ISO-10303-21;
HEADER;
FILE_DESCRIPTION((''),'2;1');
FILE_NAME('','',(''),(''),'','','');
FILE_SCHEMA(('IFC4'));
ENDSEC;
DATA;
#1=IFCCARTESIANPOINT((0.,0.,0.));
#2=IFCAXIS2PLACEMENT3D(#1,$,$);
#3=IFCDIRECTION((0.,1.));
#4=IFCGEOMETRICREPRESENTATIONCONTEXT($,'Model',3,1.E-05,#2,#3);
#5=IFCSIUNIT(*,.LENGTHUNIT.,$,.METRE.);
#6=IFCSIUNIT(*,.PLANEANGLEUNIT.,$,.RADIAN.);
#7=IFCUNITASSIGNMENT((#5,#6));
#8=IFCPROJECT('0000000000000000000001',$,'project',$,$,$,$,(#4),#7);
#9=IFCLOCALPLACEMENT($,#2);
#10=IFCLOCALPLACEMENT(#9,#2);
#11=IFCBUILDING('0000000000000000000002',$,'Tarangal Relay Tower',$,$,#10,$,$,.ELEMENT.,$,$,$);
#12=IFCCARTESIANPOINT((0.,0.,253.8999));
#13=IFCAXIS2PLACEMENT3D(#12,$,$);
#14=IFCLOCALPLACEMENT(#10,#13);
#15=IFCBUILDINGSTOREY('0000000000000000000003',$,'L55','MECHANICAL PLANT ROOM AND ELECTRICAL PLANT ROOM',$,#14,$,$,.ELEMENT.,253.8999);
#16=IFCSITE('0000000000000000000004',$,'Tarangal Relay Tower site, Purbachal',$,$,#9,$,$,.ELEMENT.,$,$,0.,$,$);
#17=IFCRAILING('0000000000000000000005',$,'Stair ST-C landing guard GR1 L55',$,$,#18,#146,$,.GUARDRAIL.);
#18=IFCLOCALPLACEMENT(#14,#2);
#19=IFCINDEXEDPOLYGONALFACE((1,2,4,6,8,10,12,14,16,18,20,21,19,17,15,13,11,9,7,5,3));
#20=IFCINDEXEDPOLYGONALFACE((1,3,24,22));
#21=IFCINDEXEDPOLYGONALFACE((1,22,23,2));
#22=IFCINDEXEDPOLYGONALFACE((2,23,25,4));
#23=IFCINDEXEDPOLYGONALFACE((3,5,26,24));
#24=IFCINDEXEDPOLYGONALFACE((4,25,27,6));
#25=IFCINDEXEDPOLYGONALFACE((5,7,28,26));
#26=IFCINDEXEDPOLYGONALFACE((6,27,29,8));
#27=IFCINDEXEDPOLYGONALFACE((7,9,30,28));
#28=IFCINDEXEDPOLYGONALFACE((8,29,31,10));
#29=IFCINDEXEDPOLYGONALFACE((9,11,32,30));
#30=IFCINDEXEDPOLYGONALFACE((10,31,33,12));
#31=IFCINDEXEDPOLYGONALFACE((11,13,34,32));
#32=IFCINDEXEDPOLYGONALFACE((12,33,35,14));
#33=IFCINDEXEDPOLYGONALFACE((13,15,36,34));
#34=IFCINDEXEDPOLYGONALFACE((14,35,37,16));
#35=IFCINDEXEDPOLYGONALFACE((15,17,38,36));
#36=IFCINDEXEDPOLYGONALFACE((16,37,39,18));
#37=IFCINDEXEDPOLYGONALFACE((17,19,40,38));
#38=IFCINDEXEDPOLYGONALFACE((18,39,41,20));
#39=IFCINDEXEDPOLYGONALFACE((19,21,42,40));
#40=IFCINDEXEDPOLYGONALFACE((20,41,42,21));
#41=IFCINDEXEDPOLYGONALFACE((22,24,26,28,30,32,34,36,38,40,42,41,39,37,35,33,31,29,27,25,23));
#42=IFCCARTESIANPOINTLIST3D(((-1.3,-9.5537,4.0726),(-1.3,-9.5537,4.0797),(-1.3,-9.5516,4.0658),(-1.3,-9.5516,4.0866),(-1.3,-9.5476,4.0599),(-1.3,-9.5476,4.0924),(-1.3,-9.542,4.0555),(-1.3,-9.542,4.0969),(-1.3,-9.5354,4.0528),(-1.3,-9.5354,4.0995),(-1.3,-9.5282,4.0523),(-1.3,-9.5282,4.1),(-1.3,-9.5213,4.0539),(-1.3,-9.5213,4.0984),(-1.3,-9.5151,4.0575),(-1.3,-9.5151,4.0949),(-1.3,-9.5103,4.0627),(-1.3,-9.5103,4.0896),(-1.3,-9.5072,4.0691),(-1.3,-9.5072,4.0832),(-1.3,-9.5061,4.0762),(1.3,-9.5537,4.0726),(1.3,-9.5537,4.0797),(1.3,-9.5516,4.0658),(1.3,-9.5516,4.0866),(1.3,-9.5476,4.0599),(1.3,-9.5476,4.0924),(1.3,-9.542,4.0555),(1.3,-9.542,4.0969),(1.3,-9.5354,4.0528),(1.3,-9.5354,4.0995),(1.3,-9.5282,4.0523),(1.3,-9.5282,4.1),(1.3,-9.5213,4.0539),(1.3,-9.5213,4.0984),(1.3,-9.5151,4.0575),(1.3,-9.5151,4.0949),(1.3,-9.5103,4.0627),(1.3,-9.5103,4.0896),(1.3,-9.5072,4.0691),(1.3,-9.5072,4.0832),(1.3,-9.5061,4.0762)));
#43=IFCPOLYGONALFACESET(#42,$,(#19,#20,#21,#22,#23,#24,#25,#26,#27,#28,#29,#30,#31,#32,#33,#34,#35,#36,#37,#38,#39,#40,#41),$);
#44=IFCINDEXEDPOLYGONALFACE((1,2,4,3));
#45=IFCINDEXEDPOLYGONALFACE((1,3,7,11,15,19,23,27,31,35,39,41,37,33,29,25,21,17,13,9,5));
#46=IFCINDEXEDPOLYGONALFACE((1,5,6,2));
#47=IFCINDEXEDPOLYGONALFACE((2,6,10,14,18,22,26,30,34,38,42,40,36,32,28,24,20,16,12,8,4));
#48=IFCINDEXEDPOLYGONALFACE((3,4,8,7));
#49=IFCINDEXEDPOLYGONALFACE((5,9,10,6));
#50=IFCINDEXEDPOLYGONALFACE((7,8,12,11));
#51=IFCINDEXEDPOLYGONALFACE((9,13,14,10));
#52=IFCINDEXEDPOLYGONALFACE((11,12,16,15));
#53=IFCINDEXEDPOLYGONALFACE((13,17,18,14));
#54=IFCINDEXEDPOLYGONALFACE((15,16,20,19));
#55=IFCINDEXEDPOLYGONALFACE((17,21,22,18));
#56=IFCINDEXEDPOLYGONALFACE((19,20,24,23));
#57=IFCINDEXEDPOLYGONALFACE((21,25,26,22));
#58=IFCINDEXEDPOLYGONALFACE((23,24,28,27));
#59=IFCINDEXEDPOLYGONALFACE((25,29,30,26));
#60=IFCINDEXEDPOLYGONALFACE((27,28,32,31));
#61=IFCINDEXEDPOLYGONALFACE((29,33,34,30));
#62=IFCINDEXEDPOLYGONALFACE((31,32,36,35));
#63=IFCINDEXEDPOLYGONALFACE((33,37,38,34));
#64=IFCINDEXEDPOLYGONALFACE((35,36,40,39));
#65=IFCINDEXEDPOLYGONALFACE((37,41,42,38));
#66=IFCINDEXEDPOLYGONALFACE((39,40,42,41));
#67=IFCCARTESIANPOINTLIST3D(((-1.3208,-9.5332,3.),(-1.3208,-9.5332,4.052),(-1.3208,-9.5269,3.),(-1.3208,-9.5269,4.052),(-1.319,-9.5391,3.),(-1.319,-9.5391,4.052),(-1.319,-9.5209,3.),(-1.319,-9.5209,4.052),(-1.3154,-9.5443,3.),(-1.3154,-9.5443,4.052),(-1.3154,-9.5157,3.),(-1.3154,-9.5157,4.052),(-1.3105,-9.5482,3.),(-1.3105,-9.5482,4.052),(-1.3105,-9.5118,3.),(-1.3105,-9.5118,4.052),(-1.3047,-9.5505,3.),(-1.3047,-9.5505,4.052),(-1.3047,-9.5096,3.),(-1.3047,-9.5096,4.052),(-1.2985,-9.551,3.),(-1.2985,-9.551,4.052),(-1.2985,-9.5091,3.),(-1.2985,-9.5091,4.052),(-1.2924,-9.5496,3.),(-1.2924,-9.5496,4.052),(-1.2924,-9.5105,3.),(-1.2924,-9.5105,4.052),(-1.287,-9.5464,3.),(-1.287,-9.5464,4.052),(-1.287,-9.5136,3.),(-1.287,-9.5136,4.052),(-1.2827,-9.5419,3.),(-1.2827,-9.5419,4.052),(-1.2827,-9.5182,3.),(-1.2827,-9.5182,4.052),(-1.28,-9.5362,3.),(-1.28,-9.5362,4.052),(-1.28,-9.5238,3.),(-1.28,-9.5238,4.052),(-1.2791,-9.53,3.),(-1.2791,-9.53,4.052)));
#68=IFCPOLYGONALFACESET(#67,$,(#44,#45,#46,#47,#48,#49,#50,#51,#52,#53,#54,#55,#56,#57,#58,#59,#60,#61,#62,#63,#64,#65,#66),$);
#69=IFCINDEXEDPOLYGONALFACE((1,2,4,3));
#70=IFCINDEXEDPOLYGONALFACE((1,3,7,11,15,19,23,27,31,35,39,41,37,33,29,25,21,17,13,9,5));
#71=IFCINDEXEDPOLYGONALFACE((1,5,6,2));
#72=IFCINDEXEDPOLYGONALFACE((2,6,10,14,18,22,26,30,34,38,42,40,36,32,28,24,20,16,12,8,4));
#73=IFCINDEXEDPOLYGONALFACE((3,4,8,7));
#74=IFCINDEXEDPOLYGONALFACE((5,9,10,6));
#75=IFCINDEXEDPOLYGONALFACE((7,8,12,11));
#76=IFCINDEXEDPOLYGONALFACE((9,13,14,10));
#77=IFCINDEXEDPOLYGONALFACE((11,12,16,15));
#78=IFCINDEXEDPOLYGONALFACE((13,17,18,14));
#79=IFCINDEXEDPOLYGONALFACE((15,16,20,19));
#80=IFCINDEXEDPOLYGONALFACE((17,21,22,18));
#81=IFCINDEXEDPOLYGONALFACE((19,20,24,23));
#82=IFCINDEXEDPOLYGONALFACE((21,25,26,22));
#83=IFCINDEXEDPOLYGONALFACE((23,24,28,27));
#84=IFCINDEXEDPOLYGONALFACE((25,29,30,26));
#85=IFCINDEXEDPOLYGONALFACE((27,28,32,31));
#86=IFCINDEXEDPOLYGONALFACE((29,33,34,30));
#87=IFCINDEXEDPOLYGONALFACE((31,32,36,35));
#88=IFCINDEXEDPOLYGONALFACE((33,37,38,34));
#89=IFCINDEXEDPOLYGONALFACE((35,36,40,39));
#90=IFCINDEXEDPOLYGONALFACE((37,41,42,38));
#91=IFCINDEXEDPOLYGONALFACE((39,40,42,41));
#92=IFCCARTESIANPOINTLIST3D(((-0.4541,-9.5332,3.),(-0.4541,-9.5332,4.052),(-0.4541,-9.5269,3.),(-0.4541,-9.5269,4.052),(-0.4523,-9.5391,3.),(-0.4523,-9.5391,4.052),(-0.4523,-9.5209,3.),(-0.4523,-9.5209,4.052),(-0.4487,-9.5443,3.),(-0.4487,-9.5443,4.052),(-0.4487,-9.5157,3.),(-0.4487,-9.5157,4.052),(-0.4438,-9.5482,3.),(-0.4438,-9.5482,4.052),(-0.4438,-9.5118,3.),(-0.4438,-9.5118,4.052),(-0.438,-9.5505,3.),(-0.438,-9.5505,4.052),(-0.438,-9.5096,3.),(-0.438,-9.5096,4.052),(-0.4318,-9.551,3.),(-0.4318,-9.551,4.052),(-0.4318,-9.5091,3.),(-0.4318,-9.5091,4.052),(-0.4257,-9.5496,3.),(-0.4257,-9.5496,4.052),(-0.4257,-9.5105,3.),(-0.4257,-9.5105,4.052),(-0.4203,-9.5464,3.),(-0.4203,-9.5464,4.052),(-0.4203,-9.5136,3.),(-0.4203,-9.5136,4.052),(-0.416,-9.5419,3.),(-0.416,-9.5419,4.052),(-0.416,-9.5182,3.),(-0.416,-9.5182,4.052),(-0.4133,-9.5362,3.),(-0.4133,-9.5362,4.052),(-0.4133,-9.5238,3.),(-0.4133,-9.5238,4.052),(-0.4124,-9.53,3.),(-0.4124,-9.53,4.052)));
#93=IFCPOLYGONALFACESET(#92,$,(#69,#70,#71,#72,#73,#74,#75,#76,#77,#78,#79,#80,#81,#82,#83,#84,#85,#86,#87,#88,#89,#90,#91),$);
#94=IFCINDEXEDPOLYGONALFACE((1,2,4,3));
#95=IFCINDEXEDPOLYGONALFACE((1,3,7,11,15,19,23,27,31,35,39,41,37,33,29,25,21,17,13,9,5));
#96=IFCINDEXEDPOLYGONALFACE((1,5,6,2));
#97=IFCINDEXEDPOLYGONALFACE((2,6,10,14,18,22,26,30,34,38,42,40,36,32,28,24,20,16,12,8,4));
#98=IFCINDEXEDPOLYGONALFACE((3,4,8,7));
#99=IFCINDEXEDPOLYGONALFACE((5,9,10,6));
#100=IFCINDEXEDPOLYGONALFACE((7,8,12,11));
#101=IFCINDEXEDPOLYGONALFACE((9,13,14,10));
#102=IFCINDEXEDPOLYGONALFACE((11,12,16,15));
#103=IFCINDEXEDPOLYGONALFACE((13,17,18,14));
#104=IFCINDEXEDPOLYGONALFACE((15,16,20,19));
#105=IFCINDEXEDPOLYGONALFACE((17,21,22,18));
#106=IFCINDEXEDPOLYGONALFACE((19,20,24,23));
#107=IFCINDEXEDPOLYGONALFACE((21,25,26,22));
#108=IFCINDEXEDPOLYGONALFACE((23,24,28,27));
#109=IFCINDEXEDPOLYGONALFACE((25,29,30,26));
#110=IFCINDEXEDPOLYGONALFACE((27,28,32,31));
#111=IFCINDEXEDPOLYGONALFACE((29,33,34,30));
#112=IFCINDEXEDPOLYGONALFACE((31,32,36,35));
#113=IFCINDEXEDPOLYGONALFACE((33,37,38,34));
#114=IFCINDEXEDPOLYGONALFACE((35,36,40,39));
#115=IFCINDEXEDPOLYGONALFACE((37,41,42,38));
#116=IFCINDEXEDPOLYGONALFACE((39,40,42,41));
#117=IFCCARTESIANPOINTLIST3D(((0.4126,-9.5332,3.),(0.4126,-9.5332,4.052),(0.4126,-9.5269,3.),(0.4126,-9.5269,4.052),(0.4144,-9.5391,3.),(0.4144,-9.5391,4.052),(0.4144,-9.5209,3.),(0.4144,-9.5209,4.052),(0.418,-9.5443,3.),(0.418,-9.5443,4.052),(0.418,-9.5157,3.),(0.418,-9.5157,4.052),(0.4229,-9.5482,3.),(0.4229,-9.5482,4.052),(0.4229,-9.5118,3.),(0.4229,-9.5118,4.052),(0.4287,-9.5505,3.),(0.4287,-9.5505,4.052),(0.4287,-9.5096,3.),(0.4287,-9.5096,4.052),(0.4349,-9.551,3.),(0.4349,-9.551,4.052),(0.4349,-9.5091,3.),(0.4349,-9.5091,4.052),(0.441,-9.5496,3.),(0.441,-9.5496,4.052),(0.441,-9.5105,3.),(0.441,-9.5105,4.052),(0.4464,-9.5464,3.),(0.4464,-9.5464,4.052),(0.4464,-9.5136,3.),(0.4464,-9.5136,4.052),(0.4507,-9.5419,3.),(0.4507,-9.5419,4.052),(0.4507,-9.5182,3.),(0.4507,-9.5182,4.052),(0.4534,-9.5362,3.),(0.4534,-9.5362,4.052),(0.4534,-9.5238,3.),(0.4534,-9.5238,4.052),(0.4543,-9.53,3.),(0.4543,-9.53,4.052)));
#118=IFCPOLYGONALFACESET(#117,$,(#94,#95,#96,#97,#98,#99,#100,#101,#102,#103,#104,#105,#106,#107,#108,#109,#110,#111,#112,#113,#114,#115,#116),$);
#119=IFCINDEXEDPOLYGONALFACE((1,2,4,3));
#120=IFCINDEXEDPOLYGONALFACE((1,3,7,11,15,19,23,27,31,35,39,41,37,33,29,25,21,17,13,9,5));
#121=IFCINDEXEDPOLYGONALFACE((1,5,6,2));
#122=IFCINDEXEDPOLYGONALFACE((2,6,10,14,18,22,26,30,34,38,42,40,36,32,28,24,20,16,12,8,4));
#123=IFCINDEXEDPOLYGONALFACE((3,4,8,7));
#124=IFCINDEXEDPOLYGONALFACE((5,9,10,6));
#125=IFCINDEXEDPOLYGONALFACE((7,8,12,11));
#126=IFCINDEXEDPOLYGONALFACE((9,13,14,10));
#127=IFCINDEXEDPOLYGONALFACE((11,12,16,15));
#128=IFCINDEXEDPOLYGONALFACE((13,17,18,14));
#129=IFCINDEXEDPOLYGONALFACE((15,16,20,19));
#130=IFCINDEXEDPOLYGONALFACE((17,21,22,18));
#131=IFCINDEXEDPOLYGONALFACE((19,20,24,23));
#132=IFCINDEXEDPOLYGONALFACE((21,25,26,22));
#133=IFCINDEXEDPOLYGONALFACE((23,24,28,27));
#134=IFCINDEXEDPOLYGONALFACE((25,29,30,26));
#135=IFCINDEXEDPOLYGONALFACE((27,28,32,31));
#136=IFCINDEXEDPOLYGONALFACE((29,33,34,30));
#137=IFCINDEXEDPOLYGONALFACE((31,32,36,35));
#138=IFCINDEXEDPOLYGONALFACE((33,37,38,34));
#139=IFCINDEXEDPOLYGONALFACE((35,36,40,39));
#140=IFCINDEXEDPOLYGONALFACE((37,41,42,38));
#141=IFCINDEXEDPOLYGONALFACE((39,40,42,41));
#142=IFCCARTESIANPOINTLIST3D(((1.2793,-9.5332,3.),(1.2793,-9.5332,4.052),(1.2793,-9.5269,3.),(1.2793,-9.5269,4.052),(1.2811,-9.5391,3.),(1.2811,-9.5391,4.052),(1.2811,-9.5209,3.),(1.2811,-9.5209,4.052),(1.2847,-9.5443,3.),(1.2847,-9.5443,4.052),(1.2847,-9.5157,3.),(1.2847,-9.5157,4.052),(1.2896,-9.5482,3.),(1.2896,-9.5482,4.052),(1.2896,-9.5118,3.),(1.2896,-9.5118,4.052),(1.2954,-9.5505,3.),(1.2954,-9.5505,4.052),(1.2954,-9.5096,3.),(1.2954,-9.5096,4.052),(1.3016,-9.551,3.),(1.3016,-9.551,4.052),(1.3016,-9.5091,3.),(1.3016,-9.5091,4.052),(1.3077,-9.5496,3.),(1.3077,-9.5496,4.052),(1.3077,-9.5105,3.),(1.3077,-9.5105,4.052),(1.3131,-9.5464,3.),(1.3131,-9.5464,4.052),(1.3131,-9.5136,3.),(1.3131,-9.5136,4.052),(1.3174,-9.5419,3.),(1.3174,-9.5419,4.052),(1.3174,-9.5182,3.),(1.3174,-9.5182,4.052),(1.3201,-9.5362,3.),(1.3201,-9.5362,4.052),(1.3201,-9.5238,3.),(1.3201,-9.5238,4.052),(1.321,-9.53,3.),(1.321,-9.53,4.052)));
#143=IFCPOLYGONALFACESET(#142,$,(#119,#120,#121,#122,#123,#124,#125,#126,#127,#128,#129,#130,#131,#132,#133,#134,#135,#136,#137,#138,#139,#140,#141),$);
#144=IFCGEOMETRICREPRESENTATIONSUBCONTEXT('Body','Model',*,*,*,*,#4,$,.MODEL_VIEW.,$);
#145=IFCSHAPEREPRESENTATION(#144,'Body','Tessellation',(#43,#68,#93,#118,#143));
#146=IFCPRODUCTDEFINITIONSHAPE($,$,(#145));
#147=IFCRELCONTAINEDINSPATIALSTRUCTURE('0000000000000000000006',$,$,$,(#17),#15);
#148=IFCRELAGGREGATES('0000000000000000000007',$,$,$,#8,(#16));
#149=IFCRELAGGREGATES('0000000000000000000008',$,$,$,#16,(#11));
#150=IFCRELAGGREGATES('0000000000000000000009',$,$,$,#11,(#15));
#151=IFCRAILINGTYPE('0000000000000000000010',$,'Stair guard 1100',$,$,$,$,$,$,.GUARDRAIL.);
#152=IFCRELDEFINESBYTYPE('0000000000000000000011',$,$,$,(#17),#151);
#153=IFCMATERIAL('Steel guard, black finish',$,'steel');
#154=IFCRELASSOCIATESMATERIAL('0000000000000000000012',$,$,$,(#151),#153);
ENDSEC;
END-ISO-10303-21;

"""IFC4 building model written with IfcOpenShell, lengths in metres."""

from ifc_helpers import new_model, si_unit, direction, frame, origin, origin_2d, place, context, subcontext, project, spatial, circle, extrude, material, type_object, element, save


model = new_model("IFC4")

# Units and contexts
model_context = context("Model", 3, precision=1e-05, world=origin(), true_north=direction((0.0, 1.0)))
body_context = subcontext(model_context, "Body", "Model", "MODEL_VIEW")
ifc_project = project(units=[si_unit("LENGTHUNIT", "METRE"), si_unit("PLANEANGLEUNIT", "RADIAN")], contexts=[model_context])

# Site, building, storey
site_placement = place(None, origin())
site = spatial("IfcSite", under=ifc_project, at=site_placement, Name="Tarangal Relay Tower site, Purbachal", CompositionType="ELEMENT", RefElevation=0.0)
building_placement = place(site_placement, origin())
building = spatial("IfcBuilding", under=site, at=building_placement, Name="Tarangal Relay Tower", CompositionType="ELEMENT")
storey_placement = place(building_placement, frame((0.0, 0.0, 253.8999)))
storey = spatial("IfcBuildingStorey", under=building, at=storey_placement, Name="L55", Description="MECHANICAL PLANT ROOM AND ELECTRICAL PLANT ROOM", CompositionType="ELEMENT", Elevation=253.8999)

# Railing
ifc_material_1 = material(Name="Steel guard, black finish", Category="steel")
railing_type_1 = type_object("IfcRailingType", Name="Stair guard 1100", PredefinedType="GUARDRAIL", material=ifc_material_1)
for number, where, name in (
    (1, (-1.3, -9.53, 3.0), "Stair ST-C landing guard GR1 L55"),
):
    element("IfcRailing", number, at=place(storey_placement, frame(where)), inside=storey, type_object=railing_type_1, Name=name, PredefinedType="GUARDRAIL", context=body_context, shape_type="SweptSolid", body=[
        extrude(circle(Radius=0.0239, at=origin_2d()), frame((0.0, 0.0, 1.0762), z_axis=(1.0, 0.0, 0.0), x_axis=(0.0, 1.0, 0.0)), (0.0, 0.0, 1.0), 2.6001),
        extrude(circle(Radius=0.021, at=origin_2d()), origin(), (0.0, 0.0, 1.0), 1.052),
        extrude(circle(Radius=0.021, at=origin_2d()), frame((0.8667, 0.0, 0.0)), (0.0, 0.0, 1.0), 1.052),
        extrude(circle(Radius=0.021, at=origin_2d()), frame((1.7334, 0.0, 0.0)), (0.0, 0.0, 1.0), 1.052),
        extrude(circle(Radius=0.021, at=origin_2d()), frame((2.6001, 0.0, 0.0)), (0.0, 0.0, 1.0), 1.052),
    ])

save(model, "model.ifc")
